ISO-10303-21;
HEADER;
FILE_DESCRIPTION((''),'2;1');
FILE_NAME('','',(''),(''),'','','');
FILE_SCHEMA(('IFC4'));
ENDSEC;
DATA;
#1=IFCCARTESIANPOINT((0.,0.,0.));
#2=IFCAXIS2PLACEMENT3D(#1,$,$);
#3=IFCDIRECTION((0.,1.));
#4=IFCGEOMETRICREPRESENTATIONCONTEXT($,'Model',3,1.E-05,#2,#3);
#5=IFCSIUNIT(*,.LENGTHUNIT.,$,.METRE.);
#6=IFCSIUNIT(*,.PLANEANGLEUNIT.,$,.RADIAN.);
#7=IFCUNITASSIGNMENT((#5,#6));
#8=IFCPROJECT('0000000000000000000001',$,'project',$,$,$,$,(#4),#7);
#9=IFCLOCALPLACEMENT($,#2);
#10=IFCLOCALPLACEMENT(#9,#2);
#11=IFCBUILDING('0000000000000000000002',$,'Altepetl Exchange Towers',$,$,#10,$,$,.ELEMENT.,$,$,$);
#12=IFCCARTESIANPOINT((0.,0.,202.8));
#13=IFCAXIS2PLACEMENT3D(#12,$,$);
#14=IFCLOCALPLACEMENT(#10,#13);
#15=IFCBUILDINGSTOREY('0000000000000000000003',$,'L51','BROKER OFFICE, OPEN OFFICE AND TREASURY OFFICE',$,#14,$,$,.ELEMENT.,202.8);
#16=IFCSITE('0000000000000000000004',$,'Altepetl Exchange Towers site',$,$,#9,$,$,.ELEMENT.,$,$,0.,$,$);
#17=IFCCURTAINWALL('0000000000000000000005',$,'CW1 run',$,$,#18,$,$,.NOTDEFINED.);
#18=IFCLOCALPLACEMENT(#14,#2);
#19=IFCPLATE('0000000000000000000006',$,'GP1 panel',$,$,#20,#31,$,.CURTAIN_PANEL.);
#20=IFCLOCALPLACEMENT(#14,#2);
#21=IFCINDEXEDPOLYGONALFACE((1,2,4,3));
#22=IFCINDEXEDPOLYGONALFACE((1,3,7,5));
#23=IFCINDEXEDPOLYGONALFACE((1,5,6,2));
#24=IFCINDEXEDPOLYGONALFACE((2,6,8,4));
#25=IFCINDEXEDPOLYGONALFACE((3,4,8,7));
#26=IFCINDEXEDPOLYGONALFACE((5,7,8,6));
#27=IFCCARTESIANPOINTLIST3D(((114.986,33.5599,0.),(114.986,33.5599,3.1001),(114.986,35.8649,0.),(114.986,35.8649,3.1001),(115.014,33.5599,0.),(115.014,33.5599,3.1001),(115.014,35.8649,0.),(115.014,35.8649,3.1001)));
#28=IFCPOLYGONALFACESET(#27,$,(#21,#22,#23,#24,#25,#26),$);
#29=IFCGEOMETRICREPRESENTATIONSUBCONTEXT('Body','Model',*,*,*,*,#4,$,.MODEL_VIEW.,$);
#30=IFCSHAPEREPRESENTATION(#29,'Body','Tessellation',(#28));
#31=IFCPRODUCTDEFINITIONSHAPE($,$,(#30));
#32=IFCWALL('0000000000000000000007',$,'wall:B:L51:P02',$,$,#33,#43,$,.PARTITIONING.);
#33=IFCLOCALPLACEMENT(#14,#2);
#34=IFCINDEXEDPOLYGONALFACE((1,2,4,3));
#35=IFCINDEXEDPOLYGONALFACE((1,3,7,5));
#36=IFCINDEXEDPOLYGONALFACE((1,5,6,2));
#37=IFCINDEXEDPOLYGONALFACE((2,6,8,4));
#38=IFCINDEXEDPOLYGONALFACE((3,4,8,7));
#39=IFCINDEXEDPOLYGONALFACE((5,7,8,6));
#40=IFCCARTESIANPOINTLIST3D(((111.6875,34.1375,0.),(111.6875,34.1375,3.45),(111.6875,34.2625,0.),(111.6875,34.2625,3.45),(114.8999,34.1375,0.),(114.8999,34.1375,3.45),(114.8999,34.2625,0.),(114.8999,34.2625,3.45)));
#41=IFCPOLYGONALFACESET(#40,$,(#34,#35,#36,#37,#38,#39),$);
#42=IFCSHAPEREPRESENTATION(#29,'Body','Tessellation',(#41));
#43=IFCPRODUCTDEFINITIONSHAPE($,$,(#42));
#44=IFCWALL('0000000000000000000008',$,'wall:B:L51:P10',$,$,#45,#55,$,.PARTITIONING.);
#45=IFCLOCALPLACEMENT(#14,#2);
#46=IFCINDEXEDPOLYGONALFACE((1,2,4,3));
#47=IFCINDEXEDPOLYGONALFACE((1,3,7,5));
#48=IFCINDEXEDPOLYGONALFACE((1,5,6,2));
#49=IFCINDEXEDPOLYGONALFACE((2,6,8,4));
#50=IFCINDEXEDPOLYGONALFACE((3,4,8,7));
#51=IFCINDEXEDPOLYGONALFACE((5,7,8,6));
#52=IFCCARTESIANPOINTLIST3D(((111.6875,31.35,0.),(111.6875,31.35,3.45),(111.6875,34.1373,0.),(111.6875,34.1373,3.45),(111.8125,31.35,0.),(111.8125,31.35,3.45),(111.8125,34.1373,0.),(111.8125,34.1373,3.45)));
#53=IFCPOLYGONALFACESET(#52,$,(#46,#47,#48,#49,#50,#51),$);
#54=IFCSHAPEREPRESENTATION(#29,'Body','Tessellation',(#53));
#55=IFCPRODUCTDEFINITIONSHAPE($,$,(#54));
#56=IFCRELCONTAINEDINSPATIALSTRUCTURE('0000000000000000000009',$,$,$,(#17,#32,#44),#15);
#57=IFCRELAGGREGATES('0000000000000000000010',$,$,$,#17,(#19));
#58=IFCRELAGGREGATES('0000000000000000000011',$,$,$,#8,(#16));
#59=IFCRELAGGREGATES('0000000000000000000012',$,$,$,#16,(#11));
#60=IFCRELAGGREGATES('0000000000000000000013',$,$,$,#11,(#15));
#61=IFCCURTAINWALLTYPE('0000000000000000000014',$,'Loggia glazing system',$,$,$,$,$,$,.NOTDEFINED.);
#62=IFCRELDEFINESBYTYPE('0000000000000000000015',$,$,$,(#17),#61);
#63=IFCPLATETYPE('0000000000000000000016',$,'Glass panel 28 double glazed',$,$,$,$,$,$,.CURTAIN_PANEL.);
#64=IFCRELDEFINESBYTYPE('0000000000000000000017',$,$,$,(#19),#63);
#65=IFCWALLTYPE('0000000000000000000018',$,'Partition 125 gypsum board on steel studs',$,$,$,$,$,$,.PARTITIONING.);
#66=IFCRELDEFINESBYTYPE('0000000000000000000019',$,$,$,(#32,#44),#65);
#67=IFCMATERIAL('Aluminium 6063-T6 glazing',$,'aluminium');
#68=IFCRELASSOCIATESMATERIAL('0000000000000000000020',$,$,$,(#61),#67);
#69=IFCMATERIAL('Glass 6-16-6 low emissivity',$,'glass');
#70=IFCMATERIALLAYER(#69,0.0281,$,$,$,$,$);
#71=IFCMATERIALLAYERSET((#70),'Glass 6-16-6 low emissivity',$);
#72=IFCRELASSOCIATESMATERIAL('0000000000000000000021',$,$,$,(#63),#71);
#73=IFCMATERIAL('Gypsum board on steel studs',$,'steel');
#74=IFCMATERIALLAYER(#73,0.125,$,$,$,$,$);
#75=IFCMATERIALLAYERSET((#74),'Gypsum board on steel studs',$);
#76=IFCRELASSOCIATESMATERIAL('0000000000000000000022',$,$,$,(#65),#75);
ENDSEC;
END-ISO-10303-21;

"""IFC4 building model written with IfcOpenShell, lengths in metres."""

from ifc_helpers import new_model, si_unit, direction, frame, frame_2d, origin, origin_2d, place, context, subcontext, project, spatial, rectangle, extrude, material, layer, layer_set, type_object, element, aggregate, save


model = new_model("IFC4")

# Units and contexts
model_context = context("Model", 3, precision=1e-05, world=origin(), true_north=direction((0.0, 1.0)))
body_context = subcontext(model_context, "Body", "Model", "MODEL_VIEW")
ifc_project = project(units=[si_unit("LENGTHUNIT", "METRE"), si_unit("PLANEANGLEUNIT", "RADIAN")], contexts=[model_context])

# Site, building, storey
site_placement = place(None, origin())
site = spatial("IfcSite", under=ifc_project, at=site_placement, Name="Altepetl Exchange Towers site", CompositionType="ELEMENT", RefElevation=0.0)
building_placement = place(site_placement, origin())
building = spatial("IfcBuilding", under=site, at=building_placement, Name="Altepetl Exchange Towers", CompositionType="ELEMENT")
storey_placement = place(building_placement, frame((0.0, 0.0, 202.8)))
storey = spatial("IfcBuildingStorey", under=building, at=storey_placement, Name="L51", Description="BROKER OFFICE, OPEN OFFICE AND TREASURY OFFICE", CompositionType="ELEMENT", Elevation=202.8)

# Shared definitions
ifc_material_1 = material(Name="Aluminium 6063-T6 glazing", Category="aluminium")
curtain_wall_type = type_object("IfcCurtainWallType", Name="Loggia glazing system", PredefinedType="NOTDEFINED", material=ifc_material_1)

# Curtain wall
curtain_wall_1_placement = place(storey_placement, origin())
curtain_wall_1 = element("IfcCurtainWall", 1, at=curtain_wall_1_placement, inside=storey, type_object=curtain_wall_type, Name="CW1 run", PredefinedType="NOTDEFINED")

# Plate
ifc_material_2 = material(Name="Glass 6-16-6 low emissivity", Category="glass")
ifc_layer_1 = layer(ifc_material_2, 0.0281)
ifc_layer_set_1 = layer_set([ifc_layer_1], Name="Glass 6-16-6 low emissivity")
plate_type = type_object("IfcPlateType", Name="Glass panel 28 double glazed", PredefinedType="CURTAIN_PANEL", material=ifc_layer_set_1)
plate_1_placement = place(storey_placement, frame((115.0, 34.7124, 0.0), z_axis=(0.0, 0.0, 1.0), x_axis=(0.0, 1.0, 0.0)))
plate_1 = element("IfcPlate", 2, at=plate_1_placement, type_object=plate_type, Name="GP1 panel", PredefinedType="CURTAIN_PANEL", context=body_context, shape_type="SweptSolid", body=[
    extrude(rectangle(XDim=2.3049, YDim=0.0281, at=origin_2d()), origin(), (0.0, 0.0, 1.0), 3.1001),
])
aggregate(curtain_wall_1, [plate_1])

# Walls
ifc_material_3 = material(Name="Gypsum board on steel studs", Category="steel")
ifc_layer_2 = layer(ifc_material_3, 0.125)
ifc_layer_set_2 = layer_set([ifc_layer_2], Name="Gypsum board on steel studs")
wall_type = type_object("IfcWallType", Name="Partition 125 gypsum board on steel studs", PredefinedType="PARTITIONING", material=ifc_layer_set_2)
wall_1_placement = place(storey_placement, frame((111.6875, 34.2, 0.0)))
element("IfcWall", 3, at=wall_1_placement, inside=storey, type_object=wall_type, Name="wall:B:L51:P02", PredefinedType="PARTITIONING", context=body_context, shape_type="SweptSolid", body=[
    extrude(rectangle(XDim=3.2124, YDim=0.125, at=frame_2d((1.6062, 0.0))), origin(), (0.0, 0.0, 1.0), 3.45),
])
wall_2_placement = place(storey_placement, frame((111.75, 31.3501, 0.0), z_axis=(0.0, 0.0, 1.0), x_axis=(0.0, 1.0, 0.0)))
element("IfcWall", 4, at=wall_2_placement, inside=storey, type_object=wall_type, Name="wall:B:L51:P10", PredefinedType="PARTITIONING", context=body_context, shape_type="SweptSolid", body=[
    extrude(rectangle(XDim=2.7874, YDim=0.125, at=frame_2d((1.3936, 0.0))), origin(), (0.0, 0.0, 1.0), 3.45),
])

save(model, "model.ifc")
